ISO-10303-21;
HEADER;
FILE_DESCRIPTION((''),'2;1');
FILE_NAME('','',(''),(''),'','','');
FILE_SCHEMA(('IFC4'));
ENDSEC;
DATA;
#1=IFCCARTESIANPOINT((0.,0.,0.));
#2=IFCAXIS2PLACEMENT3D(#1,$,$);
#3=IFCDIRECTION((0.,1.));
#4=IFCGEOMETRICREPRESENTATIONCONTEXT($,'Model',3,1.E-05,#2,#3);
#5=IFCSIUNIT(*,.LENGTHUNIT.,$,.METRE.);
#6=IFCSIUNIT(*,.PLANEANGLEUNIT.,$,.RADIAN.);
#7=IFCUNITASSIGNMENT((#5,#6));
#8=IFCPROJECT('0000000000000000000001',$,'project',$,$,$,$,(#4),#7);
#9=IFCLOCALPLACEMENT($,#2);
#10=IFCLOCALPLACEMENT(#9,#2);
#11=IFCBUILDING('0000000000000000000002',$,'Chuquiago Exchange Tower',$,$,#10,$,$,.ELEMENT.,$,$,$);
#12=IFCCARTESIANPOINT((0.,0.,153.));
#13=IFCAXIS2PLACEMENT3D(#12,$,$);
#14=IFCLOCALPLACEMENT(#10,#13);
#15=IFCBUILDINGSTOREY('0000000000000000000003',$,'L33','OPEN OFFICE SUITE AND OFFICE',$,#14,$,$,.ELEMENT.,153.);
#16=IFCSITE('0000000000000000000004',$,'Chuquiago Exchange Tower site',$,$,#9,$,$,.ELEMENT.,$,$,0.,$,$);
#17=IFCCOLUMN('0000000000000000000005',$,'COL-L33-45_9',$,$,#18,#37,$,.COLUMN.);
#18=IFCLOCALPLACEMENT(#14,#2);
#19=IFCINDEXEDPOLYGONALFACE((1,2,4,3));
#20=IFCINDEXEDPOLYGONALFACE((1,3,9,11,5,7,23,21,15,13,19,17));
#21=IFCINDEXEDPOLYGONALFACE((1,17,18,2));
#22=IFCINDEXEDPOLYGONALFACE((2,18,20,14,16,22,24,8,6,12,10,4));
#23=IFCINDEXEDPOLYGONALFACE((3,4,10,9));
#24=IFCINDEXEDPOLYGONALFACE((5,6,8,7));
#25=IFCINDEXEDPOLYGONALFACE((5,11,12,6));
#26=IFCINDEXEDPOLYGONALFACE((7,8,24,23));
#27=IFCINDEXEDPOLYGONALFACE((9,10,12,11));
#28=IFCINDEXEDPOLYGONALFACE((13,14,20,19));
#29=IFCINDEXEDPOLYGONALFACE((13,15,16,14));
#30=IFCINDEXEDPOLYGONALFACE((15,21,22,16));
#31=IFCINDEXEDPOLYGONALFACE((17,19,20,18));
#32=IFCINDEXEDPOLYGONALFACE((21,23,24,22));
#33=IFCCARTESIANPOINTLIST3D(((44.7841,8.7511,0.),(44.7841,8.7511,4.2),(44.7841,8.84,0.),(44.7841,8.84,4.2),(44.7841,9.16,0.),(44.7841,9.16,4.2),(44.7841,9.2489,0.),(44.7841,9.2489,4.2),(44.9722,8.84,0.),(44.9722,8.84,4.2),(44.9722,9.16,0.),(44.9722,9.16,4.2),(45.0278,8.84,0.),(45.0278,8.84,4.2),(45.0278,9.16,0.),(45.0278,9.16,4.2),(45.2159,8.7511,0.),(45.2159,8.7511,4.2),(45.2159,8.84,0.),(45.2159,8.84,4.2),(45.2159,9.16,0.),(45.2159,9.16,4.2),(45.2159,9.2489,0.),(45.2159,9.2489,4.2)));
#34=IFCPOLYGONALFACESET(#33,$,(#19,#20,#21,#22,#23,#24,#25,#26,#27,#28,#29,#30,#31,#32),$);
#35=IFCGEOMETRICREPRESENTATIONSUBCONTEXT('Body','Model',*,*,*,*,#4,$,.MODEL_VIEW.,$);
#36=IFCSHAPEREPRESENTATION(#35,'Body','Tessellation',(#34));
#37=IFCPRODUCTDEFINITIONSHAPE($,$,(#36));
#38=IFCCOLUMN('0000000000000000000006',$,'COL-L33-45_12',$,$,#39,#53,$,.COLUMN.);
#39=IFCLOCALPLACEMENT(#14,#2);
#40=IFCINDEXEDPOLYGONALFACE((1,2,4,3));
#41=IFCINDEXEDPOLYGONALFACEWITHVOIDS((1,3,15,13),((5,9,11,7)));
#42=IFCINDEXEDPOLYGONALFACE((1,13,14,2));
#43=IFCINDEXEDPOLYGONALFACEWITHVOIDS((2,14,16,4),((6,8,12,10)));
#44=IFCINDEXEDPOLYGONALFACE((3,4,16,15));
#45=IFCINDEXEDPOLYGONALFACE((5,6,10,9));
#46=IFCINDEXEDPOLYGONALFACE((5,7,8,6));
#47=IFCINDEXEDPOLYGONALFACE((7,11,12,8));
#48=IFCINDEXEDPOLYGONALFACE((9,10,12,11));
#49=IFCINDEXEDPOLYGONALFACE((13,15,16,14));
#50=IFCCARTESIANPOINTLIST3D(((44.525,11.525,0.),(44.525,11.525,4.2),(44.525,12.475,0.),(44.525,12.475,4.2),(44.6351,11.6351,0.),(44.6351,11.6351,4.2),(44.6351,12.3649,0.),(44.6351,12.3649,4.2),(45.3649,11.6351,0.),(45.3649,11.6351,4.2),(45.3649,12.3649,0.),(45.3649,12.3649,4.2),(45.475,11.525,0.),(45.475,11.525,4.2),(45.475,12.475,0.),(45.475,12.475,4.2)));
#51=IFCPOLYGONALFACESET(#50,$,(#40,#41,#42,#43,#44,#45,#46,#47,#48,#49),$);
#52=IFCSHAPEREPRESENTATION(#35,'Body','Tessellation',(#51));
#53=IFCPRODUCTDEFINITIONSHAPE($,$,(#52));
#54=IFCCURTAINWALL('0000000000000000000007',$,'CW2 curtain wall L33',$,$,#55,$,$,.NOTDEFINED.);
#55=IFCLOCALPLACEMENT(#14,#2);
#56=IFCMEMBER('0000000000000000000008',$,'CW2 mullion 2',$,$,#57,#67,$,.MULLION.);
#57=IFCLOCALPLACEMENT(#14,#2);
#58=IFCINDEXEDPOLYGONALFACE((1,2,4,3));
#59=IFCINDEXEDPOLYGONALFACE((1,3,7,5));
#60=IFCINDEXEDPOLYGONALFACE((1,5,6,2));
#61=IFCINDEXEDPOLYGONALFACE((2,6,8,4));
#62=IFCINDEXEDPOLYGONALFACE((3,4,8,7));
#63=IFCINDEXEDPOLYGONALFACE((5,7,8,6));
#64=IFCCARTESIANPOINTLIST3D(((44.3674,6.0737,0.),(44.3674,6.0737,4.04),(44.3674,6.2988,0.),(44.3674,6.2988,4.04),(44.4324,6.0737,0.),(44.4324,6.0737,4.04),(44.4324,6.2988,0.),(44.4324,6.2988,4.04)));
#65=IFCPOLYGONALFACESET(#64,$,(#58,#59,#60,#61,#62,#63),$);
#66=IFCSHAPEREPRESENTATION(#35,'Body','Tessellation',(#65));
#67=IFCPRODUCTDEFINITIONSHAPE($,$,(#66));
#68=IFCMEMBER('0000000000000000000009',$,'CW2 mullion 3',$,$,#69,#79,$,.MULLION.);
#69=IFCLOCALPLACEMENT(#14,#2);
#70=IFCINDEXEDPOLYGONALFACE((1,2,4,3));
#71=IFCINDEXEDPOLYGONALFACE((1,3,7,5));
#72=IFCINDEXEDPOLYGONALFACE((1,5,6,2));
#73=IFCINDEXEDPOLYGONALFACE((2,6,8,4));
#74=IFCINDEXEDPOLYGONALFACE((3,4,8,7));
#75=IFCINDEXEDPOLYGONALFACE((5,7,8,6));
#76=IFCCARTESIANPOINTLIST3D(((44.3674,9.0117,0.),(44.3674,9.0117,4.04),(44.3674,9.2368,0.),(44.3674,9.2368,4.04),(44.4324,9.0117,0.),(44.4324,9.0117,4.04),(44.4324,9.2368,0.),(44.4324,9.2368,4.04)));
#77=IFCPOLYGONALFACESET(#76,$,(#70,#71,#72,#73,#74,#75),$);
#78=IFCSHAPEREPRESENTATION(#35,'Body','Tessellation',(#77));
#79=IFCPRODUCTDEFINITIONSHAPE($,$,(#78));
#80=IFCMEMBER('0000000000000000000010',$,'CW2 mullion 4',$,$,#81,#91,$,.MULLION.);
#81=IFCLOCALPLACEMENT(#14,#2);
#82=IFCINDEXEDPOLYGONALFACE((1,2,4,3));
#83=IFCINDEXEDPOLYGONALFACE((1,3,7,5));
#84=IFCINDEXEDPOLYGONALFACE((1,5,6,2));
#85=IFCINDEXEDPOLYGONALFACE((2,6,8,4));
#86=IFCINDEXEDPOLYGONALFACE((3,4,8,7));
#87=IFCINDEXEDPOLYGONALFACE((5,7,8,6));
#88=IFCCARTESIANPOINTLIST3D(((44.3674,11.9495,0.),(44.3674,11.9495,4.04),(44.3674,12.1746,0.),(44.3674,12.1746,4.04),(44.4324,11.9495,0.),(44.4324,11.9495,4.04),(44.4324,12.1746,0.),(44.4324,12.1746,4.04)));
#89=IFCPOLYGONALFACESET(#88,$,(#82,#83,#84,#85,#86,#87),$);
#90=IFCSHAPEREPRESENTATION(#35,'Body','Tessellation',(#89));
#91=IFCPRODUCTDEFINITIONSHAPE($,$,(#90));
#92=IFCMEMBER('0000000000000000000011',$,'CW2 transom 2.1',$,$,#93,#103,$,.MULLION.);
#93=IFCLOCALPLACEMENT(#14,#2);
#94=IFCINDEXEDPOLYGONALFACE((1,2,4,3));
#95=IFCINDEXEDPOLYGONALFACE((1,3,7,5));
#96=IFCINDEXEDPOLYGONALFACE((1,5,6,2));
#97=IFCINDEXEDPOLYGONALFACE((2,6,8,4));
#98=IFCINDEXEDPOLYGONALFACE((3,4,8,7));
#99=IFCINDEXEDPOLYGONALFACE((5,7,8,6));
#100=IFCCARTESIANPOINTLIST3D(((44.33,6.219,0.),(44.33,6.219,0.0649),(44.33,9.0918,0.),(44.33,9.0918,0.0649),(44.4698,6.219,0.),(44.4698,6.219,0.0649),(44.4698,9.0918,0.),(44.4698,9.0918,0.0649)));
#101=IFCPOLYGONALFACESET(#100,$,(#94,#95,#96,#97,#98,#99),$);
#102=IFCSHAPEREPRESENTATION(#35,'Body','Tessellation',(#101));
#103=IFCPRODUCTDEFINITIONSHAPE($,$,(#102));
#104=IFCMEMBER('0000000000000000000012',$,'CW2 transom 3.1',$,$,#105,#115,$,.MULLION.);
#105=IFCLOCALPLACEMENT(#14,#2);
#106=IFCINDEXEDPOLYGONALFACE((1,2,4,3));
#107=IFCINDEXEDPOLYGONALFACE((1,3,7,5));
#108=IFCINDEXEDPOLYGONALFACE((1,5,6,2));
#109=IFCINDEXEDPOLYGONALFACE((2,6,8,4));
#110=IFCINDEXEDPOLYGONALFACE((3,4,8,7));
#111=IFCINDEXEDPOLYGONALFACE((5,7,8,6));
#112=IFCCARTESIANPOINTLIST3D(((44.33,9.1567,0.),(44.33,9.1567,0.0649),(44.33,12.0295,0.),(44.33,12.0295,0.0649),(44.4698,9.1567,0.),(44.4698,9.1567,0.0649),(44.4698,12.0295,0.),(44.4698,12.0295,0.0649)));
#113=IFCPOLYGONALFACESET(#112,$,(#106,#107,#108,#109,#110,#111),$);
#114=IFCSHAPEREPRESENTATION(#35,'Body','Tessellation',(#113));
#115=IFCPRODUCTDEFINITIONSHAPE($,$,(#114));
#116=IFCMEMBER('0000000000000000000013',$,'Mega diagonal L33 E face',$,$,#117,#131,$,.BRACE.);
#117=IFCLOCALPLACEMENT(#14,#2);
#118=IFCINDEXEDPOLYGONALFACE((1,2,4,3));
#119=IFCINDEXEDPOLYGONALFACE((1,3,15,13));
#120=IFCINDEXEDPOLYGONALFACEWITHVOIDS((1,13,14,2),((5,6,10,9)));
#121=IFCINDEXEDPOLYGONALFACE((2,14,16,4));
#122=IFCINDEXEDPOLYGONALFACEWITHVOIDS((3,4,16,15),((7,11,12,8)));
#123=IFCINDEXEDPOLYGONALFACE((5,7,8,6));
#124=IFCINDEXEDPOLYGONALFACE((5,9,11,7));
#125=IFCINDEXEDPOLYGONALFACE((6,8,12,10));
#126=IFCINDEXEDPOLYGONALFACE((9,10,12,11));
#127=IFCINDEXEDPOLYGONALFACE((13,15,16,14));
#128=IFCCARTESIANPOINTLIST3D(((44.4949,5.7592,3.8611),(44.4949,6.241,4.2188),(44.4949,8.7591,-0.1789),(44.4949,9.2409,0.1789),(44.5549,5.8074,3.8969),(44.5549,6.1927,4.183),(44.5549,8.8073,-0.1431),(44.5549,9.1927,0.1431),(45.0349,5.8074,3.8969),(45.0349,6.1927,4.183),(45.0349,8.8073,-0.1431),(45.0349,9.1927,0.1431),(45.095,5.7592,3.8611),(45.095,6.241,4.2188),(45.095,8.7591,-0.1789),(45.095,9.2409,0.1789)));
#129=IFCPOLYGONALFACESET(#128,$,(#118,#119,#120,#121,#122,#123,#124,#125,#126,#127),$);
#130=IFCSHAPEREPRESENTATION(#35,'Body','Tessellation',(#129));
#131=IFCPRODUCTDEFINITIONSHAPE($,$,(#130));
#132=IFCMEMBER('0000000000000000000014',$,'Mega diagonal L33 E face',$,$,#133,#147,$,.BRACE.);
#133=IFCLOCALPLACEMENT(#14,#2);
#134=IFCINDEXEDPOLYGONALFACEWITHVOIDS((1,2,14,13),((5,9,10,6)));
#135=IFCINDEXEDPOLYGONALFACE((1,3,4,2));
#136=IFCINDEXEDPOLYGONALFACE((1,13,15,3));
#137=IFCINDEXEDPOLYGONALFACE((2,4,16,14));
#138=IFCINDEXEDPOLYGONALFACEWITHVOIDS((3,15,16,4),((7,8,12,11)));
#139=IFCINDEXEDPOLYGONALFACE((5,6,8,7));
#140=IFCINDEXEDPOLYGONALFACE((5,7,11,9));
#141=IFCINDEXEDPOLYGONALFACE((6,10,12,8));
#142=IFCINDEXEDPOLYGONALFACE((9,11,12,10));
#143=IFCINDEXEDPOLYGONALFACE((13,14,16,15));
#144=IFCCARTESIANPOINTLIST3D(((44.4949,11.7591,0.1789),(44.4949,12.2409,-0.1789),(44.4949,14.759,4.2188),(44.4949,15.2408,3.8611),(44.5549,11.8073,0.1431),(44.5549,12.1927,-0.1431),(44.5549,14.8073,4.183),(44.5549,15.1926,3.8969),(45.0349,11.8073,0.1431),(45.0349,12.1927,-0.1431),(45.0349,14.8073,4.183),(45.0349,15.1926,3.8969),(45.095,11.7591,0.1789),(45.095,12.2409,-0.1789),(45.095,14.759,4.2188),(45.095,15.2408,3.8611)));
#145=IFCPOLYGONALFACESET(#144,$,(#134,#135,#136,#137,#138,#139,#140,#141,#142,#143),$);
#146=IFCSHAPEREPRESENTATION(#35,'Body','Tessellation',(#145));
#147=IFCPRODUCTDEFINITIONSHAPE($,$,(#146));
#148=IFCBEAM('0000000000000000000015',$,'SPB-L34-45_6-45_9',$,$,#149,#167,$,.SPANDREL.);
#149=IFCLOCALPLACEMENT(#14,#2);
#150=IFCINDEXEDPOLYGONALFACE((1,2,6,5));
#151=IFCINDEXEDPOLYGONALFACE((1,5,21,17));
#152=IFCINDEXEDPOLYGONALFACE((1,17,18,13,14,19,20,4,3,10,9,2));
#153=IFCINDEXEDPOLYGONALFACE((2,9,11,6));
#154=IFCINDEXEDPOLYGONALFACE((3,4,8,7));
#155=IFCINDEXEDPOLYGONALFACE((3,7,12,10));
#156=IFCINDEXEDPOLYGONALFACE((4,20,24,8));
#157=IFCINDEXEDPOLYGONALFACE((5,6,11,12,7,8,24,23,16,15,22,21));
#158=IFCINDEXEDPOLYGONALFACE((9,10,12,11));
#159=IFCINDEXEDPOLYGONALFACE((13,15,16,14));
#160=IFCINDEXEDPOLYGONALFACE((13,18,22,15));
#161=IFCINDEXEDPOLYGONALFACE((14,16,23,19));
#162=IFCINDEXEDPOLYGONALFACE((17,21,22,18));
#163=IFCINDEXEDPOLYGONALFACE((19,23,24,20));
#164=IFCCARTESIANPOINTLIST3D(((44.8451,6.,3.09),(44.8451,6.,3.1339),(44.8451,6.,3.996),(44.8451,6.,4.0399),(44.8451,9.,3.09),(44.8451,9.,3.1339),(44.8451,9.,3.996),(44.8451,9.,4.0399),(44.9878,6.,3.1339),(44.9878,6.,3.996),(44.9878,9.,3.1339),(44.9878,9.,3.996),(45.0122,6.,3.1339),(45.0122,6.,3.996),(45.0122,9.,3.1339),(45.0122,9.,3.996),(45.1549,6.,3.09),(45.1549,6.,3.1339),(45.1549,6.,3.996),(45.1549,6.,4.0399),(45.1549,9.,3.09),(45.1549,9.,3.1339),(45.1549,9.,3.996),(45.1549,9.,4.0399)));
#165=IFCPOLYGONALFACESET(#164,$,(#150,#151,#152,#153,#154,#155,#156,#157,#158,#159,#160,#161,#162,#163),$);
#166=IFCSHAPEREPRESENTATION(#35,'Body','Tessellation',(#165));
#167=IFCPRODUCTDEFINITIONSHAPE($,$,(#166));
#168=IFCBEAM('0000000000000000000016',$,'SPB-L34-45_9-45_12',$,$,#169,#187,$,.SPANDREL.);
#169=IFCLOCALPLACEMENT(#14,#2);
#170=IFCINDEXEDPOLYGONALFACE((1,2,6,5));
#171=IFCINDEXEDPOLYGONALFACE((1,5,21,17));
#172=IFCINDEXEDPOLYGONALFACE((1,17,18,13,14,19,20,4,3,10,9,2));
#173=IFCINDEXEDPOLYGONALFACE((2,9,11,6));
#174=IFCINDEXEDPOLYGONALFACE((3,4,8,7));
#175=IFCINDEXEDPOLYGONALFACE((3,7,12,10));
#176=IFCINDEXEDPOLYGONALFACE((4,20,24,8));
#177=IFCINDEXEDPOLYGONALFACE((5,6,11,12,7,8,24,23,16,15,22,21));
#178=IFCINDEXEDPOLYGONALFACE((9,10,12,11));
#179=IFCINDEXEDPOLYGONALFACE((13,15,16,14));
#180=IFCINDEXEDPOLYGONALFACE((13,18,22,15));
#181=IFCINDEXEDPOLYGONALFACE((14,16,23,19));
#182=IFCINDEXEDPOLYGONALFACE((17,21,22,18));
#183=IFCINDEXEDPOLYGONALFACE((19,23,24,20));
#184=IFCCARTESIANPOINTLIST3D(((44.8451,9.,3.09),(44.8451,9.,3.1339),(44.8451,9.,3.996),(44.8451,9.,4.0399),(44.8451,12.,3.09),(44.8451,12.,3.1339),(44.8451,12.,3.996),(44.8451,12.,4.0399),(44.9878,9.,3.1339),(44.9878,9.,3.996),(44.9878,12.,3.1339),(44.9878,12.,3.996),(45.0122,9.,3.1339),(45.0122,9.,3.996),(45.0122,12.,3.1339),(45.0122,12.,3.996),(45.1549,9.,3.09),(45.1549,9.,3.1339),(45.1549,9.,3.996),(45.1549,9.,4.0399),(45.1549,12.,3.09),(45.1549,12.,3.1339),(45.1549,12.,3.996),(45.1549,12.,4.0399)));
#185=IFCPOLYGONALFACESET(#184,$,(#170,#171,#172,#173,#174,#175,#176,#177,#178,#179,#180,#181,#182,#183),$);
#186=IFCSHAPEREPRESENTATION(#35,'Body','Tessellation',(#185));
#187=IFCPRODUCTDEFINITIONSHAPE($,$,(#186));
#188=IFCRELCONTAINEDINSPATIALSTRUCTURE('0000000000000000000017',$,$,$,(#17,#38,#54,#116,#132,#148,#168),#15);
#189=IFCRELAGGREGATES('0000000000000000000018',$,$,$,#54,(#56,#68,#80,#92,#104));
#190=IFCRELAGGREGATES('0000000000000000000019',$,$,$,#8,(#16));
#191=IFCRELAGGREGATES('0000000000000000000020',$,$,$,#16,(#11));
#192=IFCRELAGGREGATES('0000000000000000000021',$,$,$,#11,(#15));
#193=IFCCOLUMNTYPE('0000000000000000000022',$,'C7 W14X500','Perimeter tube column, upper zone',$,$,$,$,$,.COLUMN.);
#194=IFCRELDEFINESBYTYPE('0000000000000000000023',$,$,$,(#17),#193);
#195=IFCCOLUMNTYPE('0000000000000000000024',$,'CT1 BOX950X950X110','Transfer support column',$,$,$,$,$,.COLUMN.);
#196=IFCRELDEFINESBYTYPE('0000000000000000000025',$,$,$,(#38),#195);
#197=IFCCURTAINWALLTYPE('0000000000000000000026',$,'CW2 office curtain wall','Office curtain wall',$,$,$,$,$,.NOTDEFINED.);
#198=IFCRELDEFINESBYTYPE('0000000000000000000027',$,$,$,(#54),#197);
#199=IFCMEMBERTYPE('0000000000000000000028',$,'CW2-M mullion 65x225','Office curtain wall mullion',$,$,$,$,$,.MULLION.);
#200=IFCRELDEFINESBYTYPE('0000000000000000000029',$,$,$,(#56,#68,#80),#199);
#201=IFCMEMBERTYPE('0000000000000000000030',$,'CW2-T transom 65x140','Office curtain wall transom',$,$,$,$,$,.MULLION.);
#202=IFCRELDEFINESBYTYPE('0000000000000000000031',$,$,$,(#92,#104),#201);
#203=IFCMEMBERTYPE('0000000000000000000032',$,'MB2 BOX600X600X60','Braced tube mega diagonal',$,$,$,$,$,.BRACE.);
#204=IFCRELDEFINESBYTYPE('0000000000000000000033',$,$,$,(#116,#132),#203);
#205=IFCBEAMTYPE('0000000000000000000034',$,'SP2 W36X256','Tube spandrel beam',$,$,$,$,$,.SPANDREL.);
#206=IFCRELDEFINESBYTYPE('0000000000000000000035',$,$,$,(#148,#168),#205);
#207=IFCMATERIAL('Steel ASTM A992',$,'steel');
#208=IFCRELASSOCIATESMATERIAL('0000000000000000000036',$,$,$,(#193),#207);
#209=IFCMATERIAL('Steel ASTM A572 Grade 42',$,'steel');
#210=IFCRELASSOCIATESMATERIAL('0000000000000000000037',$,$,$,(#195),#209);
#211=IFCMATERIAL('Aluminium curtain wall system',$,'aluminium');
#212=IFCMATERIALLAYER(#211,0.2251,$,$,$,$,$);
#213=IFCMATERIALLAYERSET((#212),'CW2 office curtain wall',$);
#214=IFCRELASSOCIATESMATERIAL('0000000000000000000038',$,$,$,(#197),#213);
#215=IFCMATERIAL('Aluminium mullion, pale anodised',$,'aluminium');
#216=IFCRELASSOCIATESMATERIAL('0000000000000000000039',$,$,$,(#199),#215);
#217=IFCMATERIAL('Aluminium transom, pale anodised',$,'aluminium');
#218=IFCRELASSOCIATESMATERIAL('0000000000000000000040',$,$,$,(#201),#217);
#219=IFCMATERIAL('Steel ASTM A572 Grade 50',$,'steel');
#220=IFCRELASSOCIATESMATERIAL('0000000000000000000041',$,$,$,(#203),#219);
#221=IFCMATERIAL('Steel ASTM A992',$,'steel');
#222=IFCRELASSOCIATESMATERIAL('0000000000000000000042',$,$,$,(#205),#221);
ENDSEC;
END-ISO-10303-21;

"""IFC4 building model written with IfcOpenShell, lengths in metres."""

from ifc_helpers import new_model, si_unit, direction, frame, origin, origin_2d, place, context, subcontext, project, spatial, rectangle, hollow_rectangle, i_section, extrude, material, layer, layer_set, material_profile, profile_set, type_object, element, aggregate, save


model = new_model("IFC4")

# Units and contexts
model_context = context("Model", 3, precision=1e-05, world=origin(), true_north=direction((0.0, 1.0)))
body_context = subcontext(model_context, "Body", "Model", "MODEL_VIEW")
ifc_project = project(units=[si_unit("LENGTHUNIT", "METRE"), si_unit("PLANEANGLEUNIT", "RADIAN")], contexts=[model_context])

# Site, building, storey
site_placement = place(None, origin())
site = spatial("IfcSite", under=ifc_project, at=site_placement, Name="Chuquiago Exchange Tower site", CompositionType="ELEMENT", RefElevation=0.0)
building_placement = place(site_placement, origin())
building = spatial("IfcBuilding", under=site, at=building_placement, Name="Chuquiago Exchange Tower", CompositionType="ELEMENT")
storey_placement = place(building_placement, frame((0.0, 0.0, 153.0)))
storey = spatial("IfcBuildingStorey", under=building, at=storey_placement, Name="L33", Description="OPEN OFFICE SUITE AND OFFICE", CompositionType="ELEMENT", Elevation=153.0)

# Columns
ifc_material_1 = material(Name="Steel ASTM A992", Category="steel")
ifc_material_profile_1 = material_profile(ifc_material_1, i_section(OverallWidth=0.4319, OverallDepth=0.4978, WebThickness=0.0557, FlangeThickness=0.0889, at=origin_2d()), Name="W14X500")
ifc_profile_set_1 = profile_set([ifc_material_profile_1], Name="Steel ASTM A992")
column_type_1 = type_object("IfcColumnType", Name="C7 W14X500", Description="Perimeter tube column, upper zone", PredefinedType="COLUMN", material=ifc_profile_set_1)
column_1_placement = place(storey_placement, frame((45.0, 9.0, 0.0), z_axis=(0.0, 0.0, 1.0), x_axis=(1.0, 0.0, 0.0)))
element("IfcColumn", 1, at=column_1_placement, inside=storey, type_object=column_type_1, Name="COL-L33-45_9", PredefinedType="COLUMN", context=body_context, shape_type="SweptSolid", body=[
    extrude(i_section(OverallWidth=0.4319, OverallDepth=0.4978, WebThickness=0.0557, FlangeThickness=0.0889, at=origin_2d()), origin(), (0.0, 0.0, 1.0), 4.2),
])
ifc_material_2 = material(Name="Steel ASTM A572 Grade 42", Category="steel")
ifc_material_profile_2 = material_profile(ifc_material_2, hollow_rectangle(XDim=0.95, YDim=0.95, WallThickness=0.1101, at=origin_2d()), Name="BOX950X950X110")
ifc_profile_set_2 = profile_set([ifc_material_profile_2], Name="Steel ASTM A572 Grade 42")
column_type_2 = type_object("IfcColumnType", Name="CT1 BOX950X950X110", Description="Transfer support column", PredefinedType="COLUMN", material=ifc_profile_set_2)
column_2_placement = place(storey_placement, frame((45.0, 12.0, 0.0), z_axis=(0.0, 0.0, 1.0), x_axis=(1.0, 0.0, 0.0)))
element("IfcColumn", 2, at=column_2_placement, inside=storey, type_object=column_type_2, Name="COL-L33-45_12", PredefinedType="COLUMN", context=body_context, shape_type="SweptSolid", body=[
    extrude(hollow_rectangle(XDim=0.95, YDim=0.95, WallThickness=0.1101, at=origin_2d()), origin(), (0.0, 0.0, 1.0), 4.2),
])

# Curtain wall, members
ifc_material_3 = material(Name="Aluminium curtain wall system", Category="aluminium")
ifc_layer_1 = layer(ifc_material_3, 0.2251)
ifc_layer_set_1 = layer_set([ifc_layer_1], Name="CW2 office curtain wall")
curtain_wall_type = type_object("IfcCurtainWallType", Name="CW2 office curtain wall", Description="Office curtain wall", PredefinedType="NOTDEFINED", material=ifc_layer_set_1)
curtain_wall_placement = place(storey_placement, origin())
curtain_wall = element("IfcCurtainWall", 3, at=curtain_wall_placement, inside=storey, type_object=curtain_wall_type, Name="CW2 curtain wall L33", PredefinedType="NOTDEFINED")
ifc_material_4 = material(Name="Aluminium mullion, pale anodised", Category="aluminium")
ifc_material_profile_3 = material_profile(ifc_material_4, rectangle(XDim=0.0649, YDim=0.2251, at=origin_2d()), Name="AL 65x225")
ifc_profile_set_3 = profile_set([ifc_material_profile_3], Name="Aluminium mullion, pale anodised")
member_type_1 = type_object("IfcMemberType", Name="CW2-M mullion 65x225", Description="Office curtain wall mullion", PredefinedType="MULLION", material=ifc_profile_set_3)
member_1_placement = place(storey_placement, frame((44.3999, 6.1863, 0.0), z_axis=(0.0, 0.0, 1.0), x_axis=(-1.0, 0.0, 0.0)))
member_1 = element("IfcMember", 4, at=member_1_placement, type_object=member_type_1, Name="CW2 mullion 2", PredefinedType="MULLION", context=body_context, shape_type="SweptSolid", body=[
    extrude(rectangle(XDim=0.0649, YDim=0.2251, at=origin_2d()), origin(), (0.0, 0.0, 1.0), 4.04),
])
member_2_placement = place(storey_placement, frame((44.3999, 9.1243, 0.0), z_axis=(0.0, 0.0, 1.0), x_axis=(-1.0, 0.0, 0.0)))
member_2 = element("IfcMember", 5, at=member_2_placement, type_object=member_type_1, Name="CW2 mullion 3", PredefinedType="MULLION", context=body_context, shape_type="SweptSolid", body=[
    extrude(rectangle(XDim=0.0649, YDim=0.2251, at=origin_2d()), origin(), (0.0, 0.0, 1.0), 4.04),
])
member_3_placement = place(storey_placement, frame((44.3999, 12.062, 0.0), z_axis=(0.0, 0.0, 1.0), x_axis=(-1.0, 0.0, 0.0)))
member_3 = element("IfcMember", 6, at=member_3_placement, type_object=member_type_1, Name="CW2 mullion 4", PredefinedType="MULLION", context=body_context, shape_type="SweptSolid", body=[
    extrude(rectangle(XDim=0.0649, YDim=0.2251, at=origin_2d()), origin(), (0.0, 0.0, 1.0), 4.04),
])
ifc_material_5 = material(Name="Aluminium transom, pale anodised", Category="aluminium")
ifc_material_profile_4 = material_profile(ifc_material_5, rectangle(XDim=0.1399, YDim=0.0649, at=origin_2d()), Name="AL 140x65")
ifc_profile_set_4 = profile_set([ifc_material_profile_4], Name="Aluminium transom, pale anodised")
member_type_2 = type_object("IfcMemberType", Name="CW2-T transom 65x140", Description="Office curtain wall transom", PredefinedType="MULLION", material=ifc_profile_set_4)
member_4_placement = place(storey_placement, frame((44.3999, 6.219, 0.0325), z_axis=(0.0, 1.0, 0.0), x_axis=(-1.0, 0.0, 0.0)))
member_4 = element("IfcMember", 7, at=member_4_placement, type_object=member_type_2, Name="CW2 transom 2.1", PredefinedType="MULLION", context=body_context, shape_type="SweptSolid", body=[
    extrude(rectangle(XDim=0.1399, YDim=0.0649, at=origin_2d()), origin(), (0.0, 0.0, 1.0), 2.8728),
])
member_5_placement = place(storey_placement, frame((44.3999, 9.1567, 0.0325), z_axis=(0.0, 1.0, 0.0), x_axis=(-1.0, 0.0, 0.0)))
member_5 = element("IfcMember", 8, at=member_5_placement, type_object=member_type_2, Name="CW2 transom 3.1", PredefinedType="MULLION", context=body_context, shape_type="SweptSolid", body=[
    extrude(rectangle(XDim=0.1399, YDim=0.0649, at=origin_2d()), origin(), (0.0, 0.0, 1.0), 2.8728),
])

# Members
ifc_material_6 = material(Name="Steel ASTM A572 Grade 50", Category="steel")
ifc_material_profile_5 = material_profile(ifc_material_6, hollow_rectangle(XDim=0.6001, YDim=0.6001, WallThickness=0.0601, at=origin_2d()), Name="BOX600X600X60")
ifc_profile_set_5 = profile_set([ifc_material_profile_5], Name="Steel ASTM A572 Grade 50")
member_type_3 = type_object("IfcMemberType", Name="MB2 BOX600X600X60", Description="Braced tube mega diagonal", PredefinedType="BRACE", material=ifc_profile_set_5)
for number, where, z_axis, x_axis, name in (
    (9, (44.7949, 9.0, 0.0), (0.0, -0.596174, 0.802855), (1.0, 0.0, 0.0), "Mega diagonal L33 E face"),
    (10, (44.7949, 12.0, 0.0), (0.0, 0.596174, 0.802855), (-1.0, 0.0, 0.0), "Mega diagonal L33 E face"),
):
    element("IfcMember", number, at=place(storey_placement, frame(where, z_axis=z_axis, x_axis=x_axis)), inside=storey, type_object=member_type_3, Name=name, PredefinedType="BRACE", context=body_context, shape_type="SweptSolid", body=[
        extrude(hollow_rectangle(XDim=0.6001, YDim=0.6001, WallThickness=0.0601, at=origin_2d()), origin(), (0.0, 0.0, 1.0), 5.032),
    ])

# Beams
ifc_material_7 = material(Name="Steel ASTM A992", Category="steel")
ifc_material_profile_6 = material_profile(ifc_material_7, i_section(OverallWidth=0.3098, OverallDepth=0.95, WebThickness=0.0244, FlangeThickness=0.0439, at=origin_2d()), Name="W36X256")
ifc_profile_set_6 = profile_set([ifc_material_profile_6], Name="Steel ASTM A992")
beam_type = type_object("IfcBeamType", Name="SP2 W36X256", Description="Tube spandrel beam", PredefinedType="SPANDREL", material=ifc_profile_set_6)
for number, where, z_axis, x_axis, name in (
    (11, (45.0, 6.0, 3.5649), (0.0, 1.0, 0.0), (-1.0, 0.0, 0.0), "SPB-L34-45_6-45_9"),
    (12, (45.0, 9.0, 3.5649), (0.0, 1.0, 0.0), (-1.0, 0.0, 0.0), "SPB-L34-45_9-45_12"),
):
    element("IfcBeam", number, at=place(storey_placement, frame(where, z_axis=z_axis, x_axis=x_axis)), inside=storey, type_object=beam_type, Name=name, PredefinedType="SPANDREL", context=body_context, shape_type="SweptSolid", body=[
        extrude(i_section(OverallWidth=0.3098, OverallDepth=0.95, WebThickness=0.0244, FlangeThickness=0.0439, at=origin_2d()), origin(), (0.0, 0.0, 1.0), 3.0),
    ])

aggregate(curtain_wall, [member_1, member_2, member_3, member_4, member_5])

save(model, "model.ifc")
